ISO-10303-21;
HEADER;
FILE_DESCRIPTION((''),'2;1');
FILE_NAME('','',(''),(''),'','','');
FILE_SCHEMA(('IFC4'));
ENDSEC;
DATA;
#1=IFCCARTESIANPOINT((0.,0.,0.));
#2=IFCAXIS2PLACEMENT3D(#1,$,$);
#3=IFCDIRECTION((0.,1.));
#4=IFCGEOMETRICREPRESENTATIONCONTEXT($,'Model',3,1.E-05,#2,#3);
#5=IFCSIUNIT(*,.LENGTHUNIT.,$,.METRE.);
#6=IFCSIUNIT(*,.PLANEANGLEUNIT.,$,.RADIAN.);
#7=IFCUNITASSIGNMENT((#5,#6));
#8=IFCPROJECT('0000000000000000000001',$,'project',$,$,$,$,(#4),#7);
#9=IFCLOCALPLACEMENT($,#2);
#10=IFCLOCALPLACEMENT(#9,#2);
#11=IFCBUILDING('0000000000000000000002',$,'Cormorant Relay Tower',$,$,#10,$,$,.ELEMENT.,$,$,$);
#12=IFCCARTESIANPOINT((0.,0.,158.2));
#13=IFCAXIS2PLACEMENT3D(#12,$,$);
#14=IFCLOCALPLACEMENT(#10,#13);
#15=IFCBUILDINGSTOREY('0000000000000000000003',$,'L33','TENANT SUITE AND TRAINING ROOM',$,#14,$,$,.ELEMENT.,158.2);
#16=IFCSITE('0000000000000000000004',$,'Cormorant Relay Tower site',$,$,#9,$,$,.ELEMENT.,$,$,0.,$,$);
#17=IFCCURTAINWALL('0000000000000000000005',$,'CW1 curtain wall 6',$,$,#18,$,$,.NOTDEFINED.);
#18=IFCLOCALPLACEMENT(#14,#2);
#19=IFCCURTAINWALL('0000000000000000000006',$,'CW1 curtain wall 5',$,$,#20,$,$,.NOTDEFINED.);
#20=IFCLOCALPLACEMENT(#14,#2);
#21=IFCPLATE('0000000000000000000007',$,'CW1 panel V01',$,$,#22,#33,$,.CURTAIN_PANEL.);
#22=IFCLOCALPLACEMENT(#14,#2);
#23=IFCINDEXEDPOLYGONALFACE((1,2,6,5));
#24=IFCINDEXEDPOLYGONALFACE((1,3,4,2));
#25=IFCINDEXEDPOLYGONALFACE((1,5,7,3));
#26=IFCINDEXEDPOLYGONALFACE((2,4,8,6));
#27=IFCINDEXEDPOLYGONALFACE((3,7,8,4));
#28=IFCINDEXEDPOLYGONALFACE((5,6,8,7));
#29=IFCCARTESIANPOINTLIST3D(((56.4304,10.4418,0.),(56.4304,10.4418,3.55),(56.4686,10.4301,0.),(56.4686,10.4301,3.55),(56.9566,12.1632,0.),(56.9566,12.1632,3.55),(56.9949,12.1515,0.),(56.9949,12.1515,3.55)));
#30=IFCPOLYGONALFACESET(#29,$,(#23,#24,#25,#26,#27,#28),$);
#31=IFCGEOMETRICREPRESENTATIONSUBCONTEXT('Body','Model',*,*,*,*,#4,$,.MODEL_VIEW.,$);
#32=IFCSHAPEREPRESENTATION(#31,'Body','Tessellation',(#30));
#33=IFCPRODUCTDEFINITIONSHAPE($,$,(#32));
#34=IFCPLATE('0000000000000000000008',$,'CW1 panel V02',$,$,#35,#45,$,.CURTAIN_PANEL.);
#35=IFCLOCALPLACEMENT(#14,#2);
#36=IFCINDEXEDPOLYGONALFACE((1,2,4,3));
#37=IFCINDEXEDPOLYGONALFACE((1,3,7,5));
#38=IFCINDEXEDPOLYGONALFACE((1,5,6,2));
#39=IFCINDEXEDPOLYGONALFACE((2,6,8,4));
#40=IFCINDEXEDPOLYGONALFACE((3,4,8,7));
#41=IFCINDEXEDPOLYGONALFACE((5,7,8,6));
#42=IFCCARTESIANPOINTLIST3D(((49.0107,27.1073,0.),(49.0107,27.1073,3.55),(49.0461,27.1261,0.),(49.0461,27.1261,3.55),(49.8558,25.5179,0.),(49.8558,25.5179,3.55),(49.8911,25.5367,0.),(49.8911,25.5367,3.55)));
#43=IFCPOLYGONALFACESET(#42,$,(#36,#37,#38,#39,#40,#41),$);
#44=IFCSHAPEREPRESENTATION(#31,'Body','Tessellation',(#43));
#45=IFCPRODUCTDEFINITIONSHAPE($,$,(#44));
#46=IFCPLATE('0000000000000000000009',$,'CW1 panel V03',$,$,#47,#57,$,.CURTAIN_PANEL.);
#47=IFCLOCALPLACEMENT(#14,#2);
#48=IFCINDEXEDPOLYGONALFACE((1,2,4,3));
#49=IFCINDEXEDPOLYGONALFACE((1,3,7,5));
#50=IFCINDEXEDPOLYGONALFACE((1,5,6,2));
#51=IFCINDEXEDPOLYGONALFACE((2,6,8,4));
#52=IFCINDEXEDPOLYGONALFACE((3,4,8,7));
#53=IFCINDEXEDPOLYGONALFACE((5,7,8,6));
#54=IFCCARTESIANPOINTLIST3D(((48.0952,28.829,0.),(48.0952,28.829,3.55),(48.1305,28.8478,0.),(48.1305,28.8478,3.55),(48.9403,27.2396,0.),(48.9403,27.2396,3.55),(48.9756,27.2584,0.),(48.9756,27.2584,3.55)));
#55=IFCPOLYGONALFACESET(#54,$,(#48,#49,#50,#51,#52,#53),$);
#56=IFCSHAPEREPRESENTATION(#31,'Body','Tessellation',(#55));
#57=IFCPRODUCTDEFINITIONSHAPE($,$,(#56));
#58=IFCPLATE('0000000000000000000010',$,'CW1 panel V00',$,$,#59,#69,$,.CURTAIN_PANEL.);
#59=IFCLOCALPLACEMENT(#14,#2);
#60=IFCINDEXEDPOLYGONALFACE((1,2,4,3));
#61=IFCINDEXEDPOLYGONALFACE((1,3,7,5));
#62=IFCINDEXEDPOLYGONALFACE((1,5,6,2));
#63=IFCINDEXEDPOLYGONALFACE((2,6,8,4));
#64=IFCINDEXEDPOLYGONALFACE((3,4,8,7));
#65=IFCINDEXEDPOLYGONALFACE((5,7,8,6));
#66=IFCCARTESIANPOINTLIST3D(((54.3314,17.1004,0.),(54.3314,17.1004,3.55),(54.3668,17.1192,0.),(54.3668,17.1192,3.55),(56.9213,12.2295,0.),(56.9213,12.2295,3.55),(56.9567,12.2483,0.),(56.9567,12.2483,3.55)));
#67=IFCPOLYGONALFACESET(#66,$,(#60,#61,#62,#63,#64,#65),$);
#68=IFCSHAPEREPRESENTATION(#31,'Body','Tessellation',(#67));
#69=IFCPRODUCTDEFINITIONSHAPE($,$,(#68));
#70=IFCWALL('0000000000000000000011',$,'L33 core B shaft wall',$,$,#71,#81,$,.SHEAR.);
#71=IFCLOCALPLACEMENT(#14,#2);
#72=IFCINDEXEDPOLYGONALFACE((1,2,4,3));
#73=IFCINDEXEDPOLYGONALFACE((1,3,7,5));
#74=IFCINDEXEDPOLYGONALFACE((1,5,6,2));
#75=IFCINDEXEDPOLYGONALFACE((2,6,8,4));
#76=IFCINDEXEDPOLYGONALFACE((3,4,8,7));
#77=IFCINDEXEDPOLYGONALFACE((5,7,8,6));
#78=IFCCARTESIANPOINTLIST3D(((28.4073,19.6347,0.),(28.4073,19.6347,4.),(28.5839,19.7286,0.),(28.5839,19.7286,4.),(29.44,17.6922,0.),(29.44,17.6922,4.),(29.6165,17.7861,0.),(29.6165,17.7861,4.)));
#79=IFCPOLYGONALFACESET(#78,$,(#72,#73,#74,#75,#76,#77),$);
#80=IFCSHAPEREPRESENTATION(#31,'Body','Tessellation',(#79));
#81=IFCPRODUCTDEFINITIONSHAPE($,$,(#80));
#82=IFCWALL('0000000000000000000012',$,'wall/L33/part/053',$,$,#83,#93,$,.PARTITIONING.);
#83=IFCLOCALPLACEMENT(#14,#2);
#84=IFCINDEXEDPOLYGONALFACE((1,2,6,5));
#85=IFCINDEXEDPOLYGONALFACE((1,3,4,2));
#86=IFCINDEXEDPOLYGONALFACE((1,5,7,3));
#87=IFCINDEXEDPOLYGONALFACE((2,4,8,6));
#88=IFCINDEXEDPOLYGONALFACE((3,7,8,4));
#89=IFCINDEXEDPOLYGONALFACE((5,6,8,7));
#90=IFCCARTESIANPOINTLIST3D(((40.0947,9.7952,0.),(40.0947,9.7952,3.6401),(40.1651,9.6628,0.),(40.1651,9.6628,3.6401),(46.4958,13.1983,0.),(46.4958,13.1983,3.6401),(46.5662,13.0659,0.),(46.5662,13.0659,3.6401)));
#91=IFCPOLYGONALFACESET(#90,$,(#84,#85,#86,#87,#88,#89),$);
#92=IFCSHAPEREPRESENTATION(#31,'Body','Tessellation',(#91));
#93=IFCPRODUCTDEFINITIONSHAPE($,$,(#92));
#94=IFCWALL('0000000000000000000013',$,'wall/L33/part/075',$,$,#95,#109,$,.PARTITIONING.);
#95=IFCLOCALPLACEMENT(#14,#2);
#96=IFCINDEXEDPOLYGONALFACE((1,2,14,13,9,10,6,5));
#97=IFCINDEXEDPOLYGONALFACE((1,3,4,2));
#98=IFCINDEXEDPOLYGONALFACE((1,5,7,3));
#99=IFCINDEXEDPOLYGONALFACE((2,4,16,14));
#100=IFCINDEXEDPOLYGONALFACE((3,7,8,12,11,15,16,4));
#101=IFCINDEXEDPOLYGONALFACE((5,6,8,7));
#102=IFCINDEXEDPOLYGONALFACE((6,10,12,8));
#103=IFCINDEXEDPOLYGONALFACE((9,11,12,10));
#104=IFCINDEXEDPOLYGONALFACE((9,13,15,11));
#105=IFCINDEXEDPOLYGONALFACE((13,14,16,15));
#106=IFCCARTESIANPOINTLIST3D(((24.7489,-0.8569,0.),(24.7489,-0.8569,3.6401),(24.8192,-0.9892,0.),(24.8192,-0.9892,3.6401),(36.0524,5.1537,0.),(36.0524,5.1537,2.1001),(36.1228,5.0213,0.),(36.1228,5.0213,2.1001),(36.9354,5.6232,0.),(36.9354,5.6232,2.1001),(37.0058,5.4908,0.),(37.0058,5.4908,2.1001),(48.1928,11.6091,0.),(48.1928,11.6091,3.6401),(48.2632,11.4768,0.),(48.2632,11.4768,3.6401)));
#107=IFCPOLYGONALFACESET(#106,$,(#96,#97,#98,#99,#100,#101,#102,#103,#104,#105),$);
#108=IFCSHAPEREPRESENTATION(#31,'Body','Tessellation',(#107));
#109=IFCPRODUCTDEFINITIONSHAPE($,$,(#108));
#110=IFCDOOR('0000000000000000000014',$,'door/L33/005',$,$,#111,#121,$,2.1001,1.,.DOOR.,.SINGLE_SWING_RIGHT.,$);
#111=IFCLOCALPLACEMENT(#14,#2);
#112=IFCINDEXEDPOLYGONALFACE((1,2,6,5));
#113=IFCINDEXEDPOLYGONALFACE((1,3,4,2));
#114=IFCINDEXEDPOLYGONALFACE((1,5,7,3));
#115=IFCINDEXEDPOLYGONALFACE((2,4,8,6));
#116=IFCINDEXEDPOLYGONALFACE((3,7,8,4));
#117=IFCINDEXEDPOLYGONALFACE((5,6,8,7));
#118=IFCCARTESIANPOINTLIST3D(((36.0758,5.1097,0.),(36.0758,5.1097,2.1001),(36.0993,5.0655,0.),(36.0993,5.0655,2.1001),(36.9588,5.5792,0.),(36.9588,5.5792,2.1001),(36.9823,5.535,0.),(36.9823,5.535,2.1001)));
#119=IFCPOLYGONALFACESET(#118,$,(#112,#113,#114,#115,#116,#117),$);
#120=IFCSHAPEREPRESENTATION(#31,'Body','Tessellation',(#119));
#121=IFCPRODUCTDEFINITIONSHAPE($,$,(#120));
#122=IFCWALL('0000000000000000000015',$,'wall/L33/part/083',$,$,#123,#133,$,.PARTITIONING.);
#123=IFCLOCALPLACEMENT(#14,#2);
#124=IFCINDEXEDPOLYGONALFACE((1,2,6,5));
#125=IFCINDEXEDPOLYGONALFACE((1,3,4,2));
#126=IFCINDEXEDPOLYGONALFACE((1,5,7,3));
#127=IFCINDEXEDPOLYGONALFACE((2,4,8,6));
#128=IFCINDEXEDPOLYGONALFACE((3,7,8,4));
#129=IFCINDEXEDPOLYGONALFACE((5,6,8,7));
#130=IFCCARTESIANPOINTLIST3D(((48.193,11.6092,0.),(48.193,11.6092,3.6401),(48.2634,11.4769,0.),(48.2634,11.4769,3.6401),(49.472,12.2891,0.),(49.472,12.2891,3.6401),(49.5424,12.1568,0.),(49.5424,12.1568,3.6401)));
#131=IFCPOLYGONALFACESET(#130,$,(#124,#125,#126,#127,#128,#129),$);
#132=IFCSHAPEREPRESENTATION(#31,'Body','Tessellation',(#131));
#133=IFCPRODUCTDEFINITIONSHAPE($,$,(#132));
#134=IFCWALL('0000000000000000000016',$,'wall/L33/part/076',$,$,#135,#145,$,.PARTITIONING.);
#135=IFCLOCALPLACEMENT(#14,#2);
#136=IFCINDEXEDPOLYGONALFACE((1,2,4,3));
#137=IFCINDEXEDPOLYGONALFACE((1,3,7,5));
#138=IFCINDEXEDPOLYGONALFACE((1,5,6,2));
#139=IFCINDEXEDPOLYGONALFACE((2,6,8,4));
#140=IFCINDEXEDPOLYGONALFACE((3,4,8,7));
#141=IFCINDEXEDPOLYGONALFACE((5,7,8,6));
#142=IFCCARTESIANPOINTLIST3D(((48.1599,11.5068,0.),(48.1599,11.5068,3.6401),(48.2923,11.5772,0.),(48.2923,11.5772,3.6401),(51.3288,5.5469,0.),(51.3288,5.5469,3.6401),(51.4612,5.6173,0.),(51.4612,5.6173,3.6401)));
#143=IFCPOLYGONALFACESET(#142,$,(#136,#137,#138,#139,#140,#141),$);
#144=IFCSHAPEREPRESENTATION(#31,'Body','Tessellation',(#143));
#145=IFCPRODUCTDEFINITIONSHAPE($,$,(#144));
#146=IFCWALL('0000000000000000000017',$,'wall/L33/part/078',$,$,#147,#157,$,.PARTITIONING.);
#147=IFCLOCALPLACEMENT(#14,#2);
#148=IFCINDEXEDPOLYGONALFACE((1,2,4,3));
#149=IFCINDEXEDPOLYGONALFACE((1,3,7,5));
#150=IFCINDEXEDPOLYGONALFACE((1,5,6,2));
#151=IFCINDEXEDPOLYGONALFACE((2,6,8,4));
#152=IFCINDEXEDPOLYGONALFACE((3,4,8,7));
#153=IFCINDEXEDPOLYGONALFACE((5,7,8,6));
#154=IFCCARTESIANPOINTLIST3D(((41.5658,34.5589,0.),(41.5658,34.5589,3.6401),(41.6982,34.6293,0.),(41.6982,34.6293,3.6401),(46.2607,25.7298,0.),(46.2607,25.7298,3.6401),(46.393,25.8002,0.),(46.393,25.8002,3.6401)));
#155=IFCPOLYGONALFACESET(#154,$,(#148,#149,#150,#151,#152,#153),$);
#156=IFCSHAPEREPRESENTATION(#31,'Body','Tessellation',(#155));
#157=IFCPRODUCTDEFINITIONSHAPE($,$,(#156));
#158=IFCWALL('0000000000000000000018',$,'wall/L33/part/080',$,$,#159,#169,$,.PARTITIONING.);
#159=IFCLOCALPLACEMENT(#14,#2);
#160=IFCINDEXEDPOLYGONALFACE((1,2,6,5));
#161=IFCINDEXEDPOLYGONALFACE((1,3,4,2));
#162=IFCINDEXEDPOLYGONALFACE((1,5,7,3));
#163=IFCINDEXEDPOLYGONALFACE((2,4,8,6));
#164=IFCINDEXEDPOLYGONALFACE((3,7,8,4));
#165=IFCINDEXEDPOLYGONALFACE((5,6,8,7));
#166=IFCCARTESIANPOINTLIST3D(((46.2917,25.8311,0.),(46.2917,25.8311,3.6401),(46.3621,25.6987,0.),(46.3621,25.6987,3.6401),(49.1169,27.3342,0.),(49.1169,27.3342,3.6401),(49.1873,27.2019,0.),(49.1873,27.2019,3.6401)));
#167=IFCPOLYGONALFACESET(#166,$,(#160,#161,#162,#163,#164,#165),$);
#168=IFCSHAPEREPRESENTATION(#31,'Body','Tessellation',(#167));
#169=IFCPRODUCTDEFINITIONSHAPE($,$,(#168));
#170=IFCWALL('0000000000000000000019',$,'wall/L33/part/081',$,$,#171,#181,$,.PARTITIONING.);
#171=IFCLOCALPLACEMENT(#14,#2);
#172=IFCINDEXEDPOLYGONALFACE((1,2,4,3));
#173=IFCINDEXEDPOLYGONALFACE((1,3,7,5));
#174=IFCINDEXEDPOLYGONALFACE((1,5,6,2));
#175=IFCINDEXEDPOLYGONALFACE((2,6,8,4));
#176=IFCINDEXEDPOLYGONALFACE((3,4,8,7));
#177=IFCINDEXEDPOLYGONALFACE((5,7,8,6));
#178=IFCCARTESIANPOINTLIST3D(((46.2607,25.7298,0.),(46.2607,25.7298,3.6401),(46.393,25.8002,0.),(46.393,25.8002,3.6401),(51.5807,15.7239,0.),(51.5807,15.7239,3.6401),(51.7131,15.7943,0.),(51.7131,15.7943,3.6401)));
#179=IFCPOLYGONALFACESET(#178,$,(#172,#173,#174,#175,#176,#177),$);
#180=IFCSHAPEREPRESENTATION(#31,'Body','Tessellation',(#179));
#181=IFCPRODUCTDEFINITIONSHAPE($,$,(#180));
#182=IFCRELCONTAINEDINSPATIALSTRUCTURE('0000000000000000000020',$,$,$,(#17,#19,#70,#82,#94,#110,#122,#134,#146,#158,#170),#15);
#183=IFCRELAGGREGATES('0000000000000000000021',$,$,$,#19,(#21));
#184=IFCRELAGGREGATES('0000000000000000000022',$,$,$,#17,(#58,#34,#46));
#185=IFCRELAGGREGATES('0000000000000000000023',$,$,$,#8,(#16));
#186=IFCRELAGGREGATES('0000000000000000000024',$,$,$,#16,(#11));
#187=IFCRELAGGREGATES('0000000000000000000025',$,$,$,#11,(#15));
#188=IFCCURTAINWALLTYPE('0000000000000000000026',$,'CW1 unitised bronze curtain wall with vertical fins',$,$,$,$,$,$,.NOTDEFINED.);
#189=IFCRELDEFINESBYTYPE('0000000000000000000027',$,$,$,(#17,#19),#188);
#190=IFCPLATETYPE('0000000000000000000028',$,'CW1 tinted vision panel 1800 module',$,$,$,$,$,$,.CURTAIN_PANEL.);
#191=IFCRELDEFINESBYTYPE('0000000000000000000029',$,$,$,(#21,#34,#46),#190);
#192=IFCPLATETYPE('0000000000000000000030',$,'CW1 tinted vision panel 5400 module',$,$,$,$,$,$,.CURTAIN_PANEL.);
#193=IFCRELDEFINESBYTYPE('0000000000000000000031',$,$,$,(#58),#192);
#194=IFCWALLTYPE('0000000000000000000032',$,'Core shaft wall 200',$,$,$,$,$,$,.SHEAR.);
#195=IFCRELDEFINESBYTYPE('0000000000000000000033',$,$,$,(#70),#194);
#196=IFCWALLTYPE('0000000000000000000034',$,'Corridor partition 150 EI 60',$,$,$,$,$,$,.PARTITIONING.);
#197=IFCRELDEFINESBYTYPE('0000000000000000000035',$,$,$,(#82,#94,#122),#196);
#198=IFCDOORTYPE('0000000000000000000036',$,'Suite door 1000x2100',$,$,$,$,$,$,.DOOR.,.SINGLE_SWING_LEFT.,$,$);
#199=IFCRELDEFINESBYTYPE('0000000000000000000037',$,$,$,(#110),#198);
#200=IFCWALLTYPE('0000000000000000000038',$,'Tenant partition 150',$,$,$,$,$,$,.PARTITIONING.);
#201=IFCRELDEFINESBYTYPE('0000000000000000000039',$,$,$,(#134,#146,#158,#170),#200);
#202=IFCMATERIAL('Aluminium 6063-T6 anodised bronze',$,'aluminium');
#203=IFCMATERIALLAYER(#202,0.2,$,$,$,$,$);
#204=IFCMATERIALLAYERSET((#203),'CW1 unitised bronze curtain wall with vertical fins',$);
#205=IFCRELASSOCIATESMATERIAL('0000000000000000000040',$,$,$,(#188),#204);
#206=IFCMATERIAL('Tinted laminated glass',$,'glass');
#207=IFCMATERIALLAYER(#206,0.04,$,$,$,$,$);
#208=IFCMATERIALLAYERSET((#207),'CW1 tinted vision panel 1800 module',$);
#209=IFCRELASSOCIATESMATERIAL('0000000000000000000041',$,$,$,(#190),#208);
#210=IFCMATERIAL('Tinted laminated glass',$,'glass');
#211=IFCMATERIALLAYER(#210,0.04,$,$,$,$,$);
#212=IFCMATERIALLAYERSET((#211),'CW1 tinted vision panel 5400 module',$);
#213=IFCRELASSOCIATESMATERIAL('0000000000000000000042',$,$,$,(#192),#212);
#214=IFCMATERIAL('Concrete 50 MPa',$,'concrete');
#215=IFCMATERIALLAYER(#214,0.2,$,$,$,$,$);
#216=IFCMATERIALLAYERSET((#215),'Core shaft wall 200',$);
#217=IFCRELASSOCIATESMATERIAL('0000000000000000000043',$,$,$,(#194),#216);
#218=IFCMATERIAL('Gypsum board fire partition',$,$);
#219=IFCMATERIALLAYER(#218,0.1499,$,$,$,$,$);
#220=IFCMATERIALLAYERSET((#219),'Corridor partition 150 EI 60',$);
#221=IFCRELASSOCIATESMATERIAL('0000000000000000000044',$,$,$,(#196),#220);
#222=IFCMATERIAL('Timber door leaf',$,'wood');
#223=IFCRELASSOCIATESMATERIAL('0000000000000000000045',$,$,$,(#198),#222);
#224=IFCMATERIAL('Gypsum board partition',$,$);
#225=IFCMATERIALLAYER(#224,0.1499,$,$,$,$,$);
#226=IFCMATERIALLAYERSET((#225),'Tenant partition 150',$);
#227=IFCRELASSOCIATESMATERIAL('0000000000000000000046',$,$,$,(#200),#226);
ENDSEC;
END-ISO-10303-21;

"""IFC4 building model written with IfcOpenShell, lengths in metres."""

from ifc_helpers import new_model, si_unit, direction, frame, frame_2d, origin, origin_2d, place, context, subcontext, project, spatial, rectangle, extrude, material, layer, layer_set, type_object, element, fill, aggregate, save


model = new_model("IFC4")

# Units and contexts
model_context = context("Model", 3, precision=1e-05, world=origin(), true_north=direction((0.0, 1.0)))
body_context = subcontext(model_context, "Body", "Model", "MODEL_VIEW")
ifc_project = project(units=[si_unit("LENGTHUNIT", "METRE"), si_unit("PLANEANGLEUNIT", "RADIAN")], contexts=[model_context])

# Site, building, storey
site_placement = place(None, origin())
site = spatial("IfcSite", under=ifc_project, at=site_placement, Name="Cormorant Relay Tower site", CompositionType="ELEMENT", RefElevation=0.0)
building_placement = place(site_placement, origin())
building = spatial("IfcBuilding", under=site, at=building_placement, Name="Cormorant Relay Tower", CompositionType="ELEMENT")
storey_placement = place(building_placement, frame((0.0, 0.0, 158.2)))
storey = spatial("IfcBuildingStorey", under=building, at=storey_placement, Name="L33", Description="TENANT SUITE AND TRAINING ROOM", CompositionType="ELEMENT", Elevation=158.2)

# Curtain wall
ifc_material_1 = material(Name="Aluminium 6063-T6 anodised bronze", Category="aluminium")
ifc_layer_1 = layer(ifc_material_1, 0.2)
ifc_layer_set_1 = layer_set([ifc_layer_1], Name="CW1 unitised bronze curtain wall with vertical fins")
curtain_wall_type = type_object("IfcCurtainWallType", Name="CW1 unitised bronze curtain wall with vertical fins", PredefinedType="NOTDEFINED", material=ifc_layer_set_1)
curtain_wall_1_placement = place(storey_placement, origin())
curtain_wall_1 = element("IfcCurtainWall", 1, at=curtain_wall_1_placement, inside=storey, type_object=curtain_wall_type, Name="CW1 curtain wall 6", PredefinedType="NOTDEFINED")

# Curtain wall, plate
curtain_wall_2_placement = place(storey_placement, origin())
curtain_wall_2 = element("IfcCurtainWall", 2, at=curtain_wall_2_placement, inside=storey, type_object=curtain_wall_type, Name="CW1 curtain wall 5", PredefinedType="NOTDEFINED")
ifc_material_2 = material(Name="Tinted laminated glass", Category="glass")
ifc_layer_2 = layer(ifc_material_2, 0.04)
ifc_layer_set_2 = layer_set([ifc_layer_2], Name="CW1 tinted vision panel 1800 module")
plate_type_1 = type_object("IfcPlateType", Name="CW1 tinted vision panel 1800 module", PredefinedType="CURTAIN_PANEL", material=ifc_layer_set_2)
plate_1_placement = place(storey_placement, frame((56.7126, 11.2966, 0.0), z_axis=(0.0, 0.0, 1.0), x_axis=(0.292372, 0.956305, 0.0)))
plate_1 = element("IfcPlate", 3, at=plate_1_placement, type_object=plate_type_1, Name="CW1 panel V01", PredefinedType="CURTAIN_PANEL", context=body_context, shape_type="SweptSolid", body=[
    extrude(rectangle(XDim=1.8, YDim=0.04, at=origin_2d()), origin(), (0.0, 0.0, 1.0), 3.55),
])
aggregate(curtain_wall_2, [plate_1])

# Plates
plate_2_placement = place(storey_placement, frame((49.4509, 26.322, 0.0), z_axis=(0.0, 0.0, 1.0), x_axis=(-0.469472, 0.882948, 0.0)))
plate_2 = element("IfcPlate", 4, at=plate_2_placement, type_object=plate_type_1, Name="CW1 panel V02", PredefinedType="CURTAIN_PANEL", context=body_context, shape_type="SweptSolid", body=[
    extrude(rectangle(XDim=1.8, YDim=0.04, at=origin_2d()), origin(), (0.0, 0.0, 1.0), 3.55),
])
plate_3_placement = place(storey_placement, frame((48.5354, 28.0437, 0.0), z_axis=(0.0, 0.0, 1.0), x_axis=(-0.469472, 0.882948, 0.0)))
plate_3 = element("IfcPlate", 5, at=plate_3_placement, type_object=plate_type_1, Name="CW1 panel V03", PredefinedType="CURTAIN_PANEL", context=body_context, shape_type="SweptSolid", body=[
    extrude(rectangle(XDim=1.8, YDim=0.04, at=origin_2d()), origin(), (0.0, 0.0, 1.0), 3.55),
])
ifc_material_3 = material(Name="Tinted laminated glass", Category="glass")
ifc_layer_3 = layer(ifc_material_3, 0.04)
ifc_layer_set_3 = layer_set([ifc_layer_3], Name="CW1 tinted vision panel 5400 module")
plate_type_2 = type_object("IfcPlateType", Name="CW1 tinted vision panel 5400 module", PredefinedType="CURTAIN_PANEL", material=ifc_layer_set_3)
plate_4_placement = place(storey_placement, frame((55.644, 14.6743, 0.0), z_axis=(0.0, 0.0, 1.0), x_axis=(-0.469472, 0.882948, 0.0)))
plate_4 = element("IfcPlate", 6, at=plate_4_placement, type_object=plate_type_2, Name="CW1 panel V00", PredefinedType="CURTAIN_PANEL", context=body_context, shape_type="SweptSolid", body=[
    extrude(rectangle(XDim=5.5166, YDim=0.04, at=origin_2d()), origin(), (0.0, 0.0, 1.0), 3.55),
])

# Wall
ifc_material_4 = material(Name="Concrete 50 MPa", Category="concrete")
ifc_layer_4 = layer(ifc_material_4, 0.2)
ifc_layer_set_4 = layer_set([ifc_layer_4], Name="Core shaft wall 200")
wall_type_1 = type_object("IfcWallType", Name="Core shaft wall 200", PredefinedType="SHEAR", material=ifc_layer_set_4)
wall_1_placement = place(storey_placement, frame((29.5283, 17.739, 0.0), z_axis=(0.0, 0.0, 1.0), x_axis=(-0.469401, 0.882985, 0.0)))
element("IfcWall", 7, at=wall_1_placement, inside=storey, type_object=wall_type_1, Name="L33 core B shaft wall", PredefinedType="SHEAR", context=body_context, shape_type="SweptSolid", body=[
    extrude(rectangle(XDim=2.2, YDim=0.2, at=frame_2d((1.1001, 0.0))), origin(), (0.0, 0.0, 1.0), 4.0),
])

# Wall
ifc_material_5 = material(Name="Gypsum board fire partition")
ifc_layer_5 = layer(ifc_material_5, 0.1499)
ifc_layer_set_5 = layer_set([ifc_layer_5], Name="Corridor partition 150 EI 60")
wall_type_2 = type_object("IfcWallType", Name="Corridor partition 150 EI 60", PredefinedType="PARTITIONING", material=ifc_layer_set_5)
wall_2_placement = place(storey_placement, frame((46.531, 13.1321, 0.0), z_axis=(0.0, 0.0, 1.0), x_axis=(-0.882974, -0.469422, 0.0)))
element("IfcWall", 8, at=wall_2_placement, inside=storey, type_object=wall_type_2, Name="wall/L33/part/053", PredefinedType="PARTITIONING", context=body_context, shape_type="SweptSolid", body=[
    extrude(rectangle(XDim=7.2495, YDim=0.1499, at=frame_2d((3.6248, 0.0))), origin(), (0.0, 0.0, 1.0), 3.6401),
])

# Wall, opening, door
wall_3_placement = place(storey_placement, frame((48.228, 11.543, 0.0), z_axis=(0.0, 0.0, 1.0), x_axis=(-0.882938, -0.46949, 0.0)))
wall_3 = element("IfcWall", 9, at=wall_3_placement, inside=storey, type_object=wall_type_2, Name="wall/L33/part/075", PredefinedType="PARTITIONING", context=body_context, shape_type="SweptSolid", body=[
    extrude(rectangle(XDim=26.5522, YDim=0.1499, at=frame_2d((13.2761, 0.0))), origin(), (0.0, 0.0, 1.0), 3.6401),
])
opening_1_placement = place(wall_3_placement, frame((12.75, 0.0, 0.0)))
opening_1 = element("IfcOpeningElement", 10, at=opening_1_placement, cuts=wall_3, PredefinedType="OPENING", context=body_context, shape_type="SweptSolid", body=[
    extrude(rectangle(XDim=1.0, YDim=2.1001, at=frame_2d((0.5, 1.05))), frame((0.0, 0.085, 0.0), z_axis=(0.0, -1.0, 0.0), x_axis=(1.0, 0.0, 0.0)), (0.0, 0.0, 1.0), 0.1699),
])
ifc_material_6 = material(Name="Timber door leaf", Category="wood")
door_type_1 = type_object("IfcDoorType", Name="Suite door 1000x2100", OperationType="SINGLE_SWING_LEFT", PredefinedType="DOOR", material=ifc_material_6)
door_1_placement = place(opening_1_placement, origin())
door_1 = element("IfcDoor", 11, at=door_1_placement, inside=storey, type_object=door_type_1, Name="door/L33/005", OperationType="SINGLE_SWING_RIGHT", OverallHeight=2.1001, OverallWidth=1.0, PredefinedType="DOOR", context=body_context, shape_type="SweptSolid", body=[
    extrude(rectangle(XDim=1.0, YDim=2.1001, at=frame_2d((0.5, 1.05))), frame((0.0, 0.0249, 0.0), z_axis=(0.0, -1.0, 0.0), x_axis=(1.0, 0.0, 0.0)), (0.0, 0.0, 1.0), 0.05),
])
fill(opening_1, door_1)

# Walls
wall_4_placement = place(storey_placement, frame((49.5071, 12.2229, 0.0), z_axis=(0.0, 0.0, 1.0), x_axis=(-0.882991, -0.469389, 0.0)))
element("IfcWall", 12, at=wall_4_placement, inside=storey, type_object=wall_type_2, Name="wall/L33/part/083", PredefinedType="PARTITIONING", context=body_context, shape_type="SweptSolid", body=[
    extrude(rectangle(XDim=1.4485, YDim=0.1499, at=frame_2d((0.7241, 0.0))), origin(), (0.0, 0.0, 1.0), 3.6401),
])
ifc_material_7 = material(Name="Gypsum board partition")
ifc_layer_6 = layer(ifc_material_7, 0.1499)
ifc_layer_set_6 = layer_set([ifc_layer_6], Name="Tenant partition 150")
wall_type_3 = type_object("IfcWallType", Name="Tenant partition 150", PredefinedType="PARTITIONING", material=ifc_layer_set_6)
wall_5_placement = place(storey_placement, frame((48.2261, 11.542, 0.0), z_axis=(0.0, 0.0, 1.0), x_axis=(0.469469, -0.882949, 0.0)))
element("IfcWall", 13, at=wall_5_placement, inside=storey, type_object=wall_type_3, Name="wall/L33/part/076", PredefinedType="PARTITIONING", context=body_context, shape_type="SweptSolid", body=[
    extrude(rectangle(XDim=6.75, YDim=0.1499, at=frame_2d((3.375, 0.0))), origin(), (0.0, 0.0, 1.0), 3.6401),
])
wall_6_placement = place(storey_placement, frame((46.3269, 25.7649, 0.0), z_axis=(0.0, 0.0, 1.0), x_axis=(-0.469496, 0.882935, 0.0)))
element("IfcWall", 14, at=wall_6_placement, inside=storey, type_object=wall_type_3, Name="wall/L33/part/078", PredefinedType="PARTITIONING", context=body_context, shape_type="SweptSolid", body=[
    extrude(rectangle(XDim=9.9998, YDim=0.1499, at=frame_2d((5.0, 0.0))), origin(), (0.0, 0.0, 1.0), 3.6401),
])
wall_7_placement = place(storey_placement, frame((49.1521, 27.2681, 0.0), z_axis=(0.0, 0.0, 1.0), x_axis=(-0.882819, -0.469713, 0.0)))
element("IfcWall", 15, at=wall_7_placement, inside=storey, type_object=wall_type_3, Name="wall/L33/part/080", PredefinedType="PARTITIONING", context=body_context, shape_type="SweptSolid", body=[
    extrude(rectangle(XDim=3.2002, YDim=0.1499, at=frame_2d((1.6001, 0.0))), origin(), (0.0, 0.0, 1.0), 3.6401),
])
wall_8_placement = place(storey_placement, frame((46.3269, 25.7649, 0.0), z_axis=(0.0, 0.0, 1.0), x_axis=(0.469462, -0.882953, 0.0)))
element("IfcWall", 16, at=wall_8_placement, inside=storey, type_object=wall_type_3, Name="wall/L33/part/081", PredefinedType="PARTITIONING", context=body_context, shape_type="SweptSolid", body=[
    extrude(rectangle(XDim=11.3323, YDim=0.1499, at=frame_2d((5.666, 0.0))), origin(), (0.0, 0.0, 1.0), 3.6401),
])

aggregate(curtain_wall_1, [plate_4, plate_2, plate_3])

save(model, "model.ifc")
